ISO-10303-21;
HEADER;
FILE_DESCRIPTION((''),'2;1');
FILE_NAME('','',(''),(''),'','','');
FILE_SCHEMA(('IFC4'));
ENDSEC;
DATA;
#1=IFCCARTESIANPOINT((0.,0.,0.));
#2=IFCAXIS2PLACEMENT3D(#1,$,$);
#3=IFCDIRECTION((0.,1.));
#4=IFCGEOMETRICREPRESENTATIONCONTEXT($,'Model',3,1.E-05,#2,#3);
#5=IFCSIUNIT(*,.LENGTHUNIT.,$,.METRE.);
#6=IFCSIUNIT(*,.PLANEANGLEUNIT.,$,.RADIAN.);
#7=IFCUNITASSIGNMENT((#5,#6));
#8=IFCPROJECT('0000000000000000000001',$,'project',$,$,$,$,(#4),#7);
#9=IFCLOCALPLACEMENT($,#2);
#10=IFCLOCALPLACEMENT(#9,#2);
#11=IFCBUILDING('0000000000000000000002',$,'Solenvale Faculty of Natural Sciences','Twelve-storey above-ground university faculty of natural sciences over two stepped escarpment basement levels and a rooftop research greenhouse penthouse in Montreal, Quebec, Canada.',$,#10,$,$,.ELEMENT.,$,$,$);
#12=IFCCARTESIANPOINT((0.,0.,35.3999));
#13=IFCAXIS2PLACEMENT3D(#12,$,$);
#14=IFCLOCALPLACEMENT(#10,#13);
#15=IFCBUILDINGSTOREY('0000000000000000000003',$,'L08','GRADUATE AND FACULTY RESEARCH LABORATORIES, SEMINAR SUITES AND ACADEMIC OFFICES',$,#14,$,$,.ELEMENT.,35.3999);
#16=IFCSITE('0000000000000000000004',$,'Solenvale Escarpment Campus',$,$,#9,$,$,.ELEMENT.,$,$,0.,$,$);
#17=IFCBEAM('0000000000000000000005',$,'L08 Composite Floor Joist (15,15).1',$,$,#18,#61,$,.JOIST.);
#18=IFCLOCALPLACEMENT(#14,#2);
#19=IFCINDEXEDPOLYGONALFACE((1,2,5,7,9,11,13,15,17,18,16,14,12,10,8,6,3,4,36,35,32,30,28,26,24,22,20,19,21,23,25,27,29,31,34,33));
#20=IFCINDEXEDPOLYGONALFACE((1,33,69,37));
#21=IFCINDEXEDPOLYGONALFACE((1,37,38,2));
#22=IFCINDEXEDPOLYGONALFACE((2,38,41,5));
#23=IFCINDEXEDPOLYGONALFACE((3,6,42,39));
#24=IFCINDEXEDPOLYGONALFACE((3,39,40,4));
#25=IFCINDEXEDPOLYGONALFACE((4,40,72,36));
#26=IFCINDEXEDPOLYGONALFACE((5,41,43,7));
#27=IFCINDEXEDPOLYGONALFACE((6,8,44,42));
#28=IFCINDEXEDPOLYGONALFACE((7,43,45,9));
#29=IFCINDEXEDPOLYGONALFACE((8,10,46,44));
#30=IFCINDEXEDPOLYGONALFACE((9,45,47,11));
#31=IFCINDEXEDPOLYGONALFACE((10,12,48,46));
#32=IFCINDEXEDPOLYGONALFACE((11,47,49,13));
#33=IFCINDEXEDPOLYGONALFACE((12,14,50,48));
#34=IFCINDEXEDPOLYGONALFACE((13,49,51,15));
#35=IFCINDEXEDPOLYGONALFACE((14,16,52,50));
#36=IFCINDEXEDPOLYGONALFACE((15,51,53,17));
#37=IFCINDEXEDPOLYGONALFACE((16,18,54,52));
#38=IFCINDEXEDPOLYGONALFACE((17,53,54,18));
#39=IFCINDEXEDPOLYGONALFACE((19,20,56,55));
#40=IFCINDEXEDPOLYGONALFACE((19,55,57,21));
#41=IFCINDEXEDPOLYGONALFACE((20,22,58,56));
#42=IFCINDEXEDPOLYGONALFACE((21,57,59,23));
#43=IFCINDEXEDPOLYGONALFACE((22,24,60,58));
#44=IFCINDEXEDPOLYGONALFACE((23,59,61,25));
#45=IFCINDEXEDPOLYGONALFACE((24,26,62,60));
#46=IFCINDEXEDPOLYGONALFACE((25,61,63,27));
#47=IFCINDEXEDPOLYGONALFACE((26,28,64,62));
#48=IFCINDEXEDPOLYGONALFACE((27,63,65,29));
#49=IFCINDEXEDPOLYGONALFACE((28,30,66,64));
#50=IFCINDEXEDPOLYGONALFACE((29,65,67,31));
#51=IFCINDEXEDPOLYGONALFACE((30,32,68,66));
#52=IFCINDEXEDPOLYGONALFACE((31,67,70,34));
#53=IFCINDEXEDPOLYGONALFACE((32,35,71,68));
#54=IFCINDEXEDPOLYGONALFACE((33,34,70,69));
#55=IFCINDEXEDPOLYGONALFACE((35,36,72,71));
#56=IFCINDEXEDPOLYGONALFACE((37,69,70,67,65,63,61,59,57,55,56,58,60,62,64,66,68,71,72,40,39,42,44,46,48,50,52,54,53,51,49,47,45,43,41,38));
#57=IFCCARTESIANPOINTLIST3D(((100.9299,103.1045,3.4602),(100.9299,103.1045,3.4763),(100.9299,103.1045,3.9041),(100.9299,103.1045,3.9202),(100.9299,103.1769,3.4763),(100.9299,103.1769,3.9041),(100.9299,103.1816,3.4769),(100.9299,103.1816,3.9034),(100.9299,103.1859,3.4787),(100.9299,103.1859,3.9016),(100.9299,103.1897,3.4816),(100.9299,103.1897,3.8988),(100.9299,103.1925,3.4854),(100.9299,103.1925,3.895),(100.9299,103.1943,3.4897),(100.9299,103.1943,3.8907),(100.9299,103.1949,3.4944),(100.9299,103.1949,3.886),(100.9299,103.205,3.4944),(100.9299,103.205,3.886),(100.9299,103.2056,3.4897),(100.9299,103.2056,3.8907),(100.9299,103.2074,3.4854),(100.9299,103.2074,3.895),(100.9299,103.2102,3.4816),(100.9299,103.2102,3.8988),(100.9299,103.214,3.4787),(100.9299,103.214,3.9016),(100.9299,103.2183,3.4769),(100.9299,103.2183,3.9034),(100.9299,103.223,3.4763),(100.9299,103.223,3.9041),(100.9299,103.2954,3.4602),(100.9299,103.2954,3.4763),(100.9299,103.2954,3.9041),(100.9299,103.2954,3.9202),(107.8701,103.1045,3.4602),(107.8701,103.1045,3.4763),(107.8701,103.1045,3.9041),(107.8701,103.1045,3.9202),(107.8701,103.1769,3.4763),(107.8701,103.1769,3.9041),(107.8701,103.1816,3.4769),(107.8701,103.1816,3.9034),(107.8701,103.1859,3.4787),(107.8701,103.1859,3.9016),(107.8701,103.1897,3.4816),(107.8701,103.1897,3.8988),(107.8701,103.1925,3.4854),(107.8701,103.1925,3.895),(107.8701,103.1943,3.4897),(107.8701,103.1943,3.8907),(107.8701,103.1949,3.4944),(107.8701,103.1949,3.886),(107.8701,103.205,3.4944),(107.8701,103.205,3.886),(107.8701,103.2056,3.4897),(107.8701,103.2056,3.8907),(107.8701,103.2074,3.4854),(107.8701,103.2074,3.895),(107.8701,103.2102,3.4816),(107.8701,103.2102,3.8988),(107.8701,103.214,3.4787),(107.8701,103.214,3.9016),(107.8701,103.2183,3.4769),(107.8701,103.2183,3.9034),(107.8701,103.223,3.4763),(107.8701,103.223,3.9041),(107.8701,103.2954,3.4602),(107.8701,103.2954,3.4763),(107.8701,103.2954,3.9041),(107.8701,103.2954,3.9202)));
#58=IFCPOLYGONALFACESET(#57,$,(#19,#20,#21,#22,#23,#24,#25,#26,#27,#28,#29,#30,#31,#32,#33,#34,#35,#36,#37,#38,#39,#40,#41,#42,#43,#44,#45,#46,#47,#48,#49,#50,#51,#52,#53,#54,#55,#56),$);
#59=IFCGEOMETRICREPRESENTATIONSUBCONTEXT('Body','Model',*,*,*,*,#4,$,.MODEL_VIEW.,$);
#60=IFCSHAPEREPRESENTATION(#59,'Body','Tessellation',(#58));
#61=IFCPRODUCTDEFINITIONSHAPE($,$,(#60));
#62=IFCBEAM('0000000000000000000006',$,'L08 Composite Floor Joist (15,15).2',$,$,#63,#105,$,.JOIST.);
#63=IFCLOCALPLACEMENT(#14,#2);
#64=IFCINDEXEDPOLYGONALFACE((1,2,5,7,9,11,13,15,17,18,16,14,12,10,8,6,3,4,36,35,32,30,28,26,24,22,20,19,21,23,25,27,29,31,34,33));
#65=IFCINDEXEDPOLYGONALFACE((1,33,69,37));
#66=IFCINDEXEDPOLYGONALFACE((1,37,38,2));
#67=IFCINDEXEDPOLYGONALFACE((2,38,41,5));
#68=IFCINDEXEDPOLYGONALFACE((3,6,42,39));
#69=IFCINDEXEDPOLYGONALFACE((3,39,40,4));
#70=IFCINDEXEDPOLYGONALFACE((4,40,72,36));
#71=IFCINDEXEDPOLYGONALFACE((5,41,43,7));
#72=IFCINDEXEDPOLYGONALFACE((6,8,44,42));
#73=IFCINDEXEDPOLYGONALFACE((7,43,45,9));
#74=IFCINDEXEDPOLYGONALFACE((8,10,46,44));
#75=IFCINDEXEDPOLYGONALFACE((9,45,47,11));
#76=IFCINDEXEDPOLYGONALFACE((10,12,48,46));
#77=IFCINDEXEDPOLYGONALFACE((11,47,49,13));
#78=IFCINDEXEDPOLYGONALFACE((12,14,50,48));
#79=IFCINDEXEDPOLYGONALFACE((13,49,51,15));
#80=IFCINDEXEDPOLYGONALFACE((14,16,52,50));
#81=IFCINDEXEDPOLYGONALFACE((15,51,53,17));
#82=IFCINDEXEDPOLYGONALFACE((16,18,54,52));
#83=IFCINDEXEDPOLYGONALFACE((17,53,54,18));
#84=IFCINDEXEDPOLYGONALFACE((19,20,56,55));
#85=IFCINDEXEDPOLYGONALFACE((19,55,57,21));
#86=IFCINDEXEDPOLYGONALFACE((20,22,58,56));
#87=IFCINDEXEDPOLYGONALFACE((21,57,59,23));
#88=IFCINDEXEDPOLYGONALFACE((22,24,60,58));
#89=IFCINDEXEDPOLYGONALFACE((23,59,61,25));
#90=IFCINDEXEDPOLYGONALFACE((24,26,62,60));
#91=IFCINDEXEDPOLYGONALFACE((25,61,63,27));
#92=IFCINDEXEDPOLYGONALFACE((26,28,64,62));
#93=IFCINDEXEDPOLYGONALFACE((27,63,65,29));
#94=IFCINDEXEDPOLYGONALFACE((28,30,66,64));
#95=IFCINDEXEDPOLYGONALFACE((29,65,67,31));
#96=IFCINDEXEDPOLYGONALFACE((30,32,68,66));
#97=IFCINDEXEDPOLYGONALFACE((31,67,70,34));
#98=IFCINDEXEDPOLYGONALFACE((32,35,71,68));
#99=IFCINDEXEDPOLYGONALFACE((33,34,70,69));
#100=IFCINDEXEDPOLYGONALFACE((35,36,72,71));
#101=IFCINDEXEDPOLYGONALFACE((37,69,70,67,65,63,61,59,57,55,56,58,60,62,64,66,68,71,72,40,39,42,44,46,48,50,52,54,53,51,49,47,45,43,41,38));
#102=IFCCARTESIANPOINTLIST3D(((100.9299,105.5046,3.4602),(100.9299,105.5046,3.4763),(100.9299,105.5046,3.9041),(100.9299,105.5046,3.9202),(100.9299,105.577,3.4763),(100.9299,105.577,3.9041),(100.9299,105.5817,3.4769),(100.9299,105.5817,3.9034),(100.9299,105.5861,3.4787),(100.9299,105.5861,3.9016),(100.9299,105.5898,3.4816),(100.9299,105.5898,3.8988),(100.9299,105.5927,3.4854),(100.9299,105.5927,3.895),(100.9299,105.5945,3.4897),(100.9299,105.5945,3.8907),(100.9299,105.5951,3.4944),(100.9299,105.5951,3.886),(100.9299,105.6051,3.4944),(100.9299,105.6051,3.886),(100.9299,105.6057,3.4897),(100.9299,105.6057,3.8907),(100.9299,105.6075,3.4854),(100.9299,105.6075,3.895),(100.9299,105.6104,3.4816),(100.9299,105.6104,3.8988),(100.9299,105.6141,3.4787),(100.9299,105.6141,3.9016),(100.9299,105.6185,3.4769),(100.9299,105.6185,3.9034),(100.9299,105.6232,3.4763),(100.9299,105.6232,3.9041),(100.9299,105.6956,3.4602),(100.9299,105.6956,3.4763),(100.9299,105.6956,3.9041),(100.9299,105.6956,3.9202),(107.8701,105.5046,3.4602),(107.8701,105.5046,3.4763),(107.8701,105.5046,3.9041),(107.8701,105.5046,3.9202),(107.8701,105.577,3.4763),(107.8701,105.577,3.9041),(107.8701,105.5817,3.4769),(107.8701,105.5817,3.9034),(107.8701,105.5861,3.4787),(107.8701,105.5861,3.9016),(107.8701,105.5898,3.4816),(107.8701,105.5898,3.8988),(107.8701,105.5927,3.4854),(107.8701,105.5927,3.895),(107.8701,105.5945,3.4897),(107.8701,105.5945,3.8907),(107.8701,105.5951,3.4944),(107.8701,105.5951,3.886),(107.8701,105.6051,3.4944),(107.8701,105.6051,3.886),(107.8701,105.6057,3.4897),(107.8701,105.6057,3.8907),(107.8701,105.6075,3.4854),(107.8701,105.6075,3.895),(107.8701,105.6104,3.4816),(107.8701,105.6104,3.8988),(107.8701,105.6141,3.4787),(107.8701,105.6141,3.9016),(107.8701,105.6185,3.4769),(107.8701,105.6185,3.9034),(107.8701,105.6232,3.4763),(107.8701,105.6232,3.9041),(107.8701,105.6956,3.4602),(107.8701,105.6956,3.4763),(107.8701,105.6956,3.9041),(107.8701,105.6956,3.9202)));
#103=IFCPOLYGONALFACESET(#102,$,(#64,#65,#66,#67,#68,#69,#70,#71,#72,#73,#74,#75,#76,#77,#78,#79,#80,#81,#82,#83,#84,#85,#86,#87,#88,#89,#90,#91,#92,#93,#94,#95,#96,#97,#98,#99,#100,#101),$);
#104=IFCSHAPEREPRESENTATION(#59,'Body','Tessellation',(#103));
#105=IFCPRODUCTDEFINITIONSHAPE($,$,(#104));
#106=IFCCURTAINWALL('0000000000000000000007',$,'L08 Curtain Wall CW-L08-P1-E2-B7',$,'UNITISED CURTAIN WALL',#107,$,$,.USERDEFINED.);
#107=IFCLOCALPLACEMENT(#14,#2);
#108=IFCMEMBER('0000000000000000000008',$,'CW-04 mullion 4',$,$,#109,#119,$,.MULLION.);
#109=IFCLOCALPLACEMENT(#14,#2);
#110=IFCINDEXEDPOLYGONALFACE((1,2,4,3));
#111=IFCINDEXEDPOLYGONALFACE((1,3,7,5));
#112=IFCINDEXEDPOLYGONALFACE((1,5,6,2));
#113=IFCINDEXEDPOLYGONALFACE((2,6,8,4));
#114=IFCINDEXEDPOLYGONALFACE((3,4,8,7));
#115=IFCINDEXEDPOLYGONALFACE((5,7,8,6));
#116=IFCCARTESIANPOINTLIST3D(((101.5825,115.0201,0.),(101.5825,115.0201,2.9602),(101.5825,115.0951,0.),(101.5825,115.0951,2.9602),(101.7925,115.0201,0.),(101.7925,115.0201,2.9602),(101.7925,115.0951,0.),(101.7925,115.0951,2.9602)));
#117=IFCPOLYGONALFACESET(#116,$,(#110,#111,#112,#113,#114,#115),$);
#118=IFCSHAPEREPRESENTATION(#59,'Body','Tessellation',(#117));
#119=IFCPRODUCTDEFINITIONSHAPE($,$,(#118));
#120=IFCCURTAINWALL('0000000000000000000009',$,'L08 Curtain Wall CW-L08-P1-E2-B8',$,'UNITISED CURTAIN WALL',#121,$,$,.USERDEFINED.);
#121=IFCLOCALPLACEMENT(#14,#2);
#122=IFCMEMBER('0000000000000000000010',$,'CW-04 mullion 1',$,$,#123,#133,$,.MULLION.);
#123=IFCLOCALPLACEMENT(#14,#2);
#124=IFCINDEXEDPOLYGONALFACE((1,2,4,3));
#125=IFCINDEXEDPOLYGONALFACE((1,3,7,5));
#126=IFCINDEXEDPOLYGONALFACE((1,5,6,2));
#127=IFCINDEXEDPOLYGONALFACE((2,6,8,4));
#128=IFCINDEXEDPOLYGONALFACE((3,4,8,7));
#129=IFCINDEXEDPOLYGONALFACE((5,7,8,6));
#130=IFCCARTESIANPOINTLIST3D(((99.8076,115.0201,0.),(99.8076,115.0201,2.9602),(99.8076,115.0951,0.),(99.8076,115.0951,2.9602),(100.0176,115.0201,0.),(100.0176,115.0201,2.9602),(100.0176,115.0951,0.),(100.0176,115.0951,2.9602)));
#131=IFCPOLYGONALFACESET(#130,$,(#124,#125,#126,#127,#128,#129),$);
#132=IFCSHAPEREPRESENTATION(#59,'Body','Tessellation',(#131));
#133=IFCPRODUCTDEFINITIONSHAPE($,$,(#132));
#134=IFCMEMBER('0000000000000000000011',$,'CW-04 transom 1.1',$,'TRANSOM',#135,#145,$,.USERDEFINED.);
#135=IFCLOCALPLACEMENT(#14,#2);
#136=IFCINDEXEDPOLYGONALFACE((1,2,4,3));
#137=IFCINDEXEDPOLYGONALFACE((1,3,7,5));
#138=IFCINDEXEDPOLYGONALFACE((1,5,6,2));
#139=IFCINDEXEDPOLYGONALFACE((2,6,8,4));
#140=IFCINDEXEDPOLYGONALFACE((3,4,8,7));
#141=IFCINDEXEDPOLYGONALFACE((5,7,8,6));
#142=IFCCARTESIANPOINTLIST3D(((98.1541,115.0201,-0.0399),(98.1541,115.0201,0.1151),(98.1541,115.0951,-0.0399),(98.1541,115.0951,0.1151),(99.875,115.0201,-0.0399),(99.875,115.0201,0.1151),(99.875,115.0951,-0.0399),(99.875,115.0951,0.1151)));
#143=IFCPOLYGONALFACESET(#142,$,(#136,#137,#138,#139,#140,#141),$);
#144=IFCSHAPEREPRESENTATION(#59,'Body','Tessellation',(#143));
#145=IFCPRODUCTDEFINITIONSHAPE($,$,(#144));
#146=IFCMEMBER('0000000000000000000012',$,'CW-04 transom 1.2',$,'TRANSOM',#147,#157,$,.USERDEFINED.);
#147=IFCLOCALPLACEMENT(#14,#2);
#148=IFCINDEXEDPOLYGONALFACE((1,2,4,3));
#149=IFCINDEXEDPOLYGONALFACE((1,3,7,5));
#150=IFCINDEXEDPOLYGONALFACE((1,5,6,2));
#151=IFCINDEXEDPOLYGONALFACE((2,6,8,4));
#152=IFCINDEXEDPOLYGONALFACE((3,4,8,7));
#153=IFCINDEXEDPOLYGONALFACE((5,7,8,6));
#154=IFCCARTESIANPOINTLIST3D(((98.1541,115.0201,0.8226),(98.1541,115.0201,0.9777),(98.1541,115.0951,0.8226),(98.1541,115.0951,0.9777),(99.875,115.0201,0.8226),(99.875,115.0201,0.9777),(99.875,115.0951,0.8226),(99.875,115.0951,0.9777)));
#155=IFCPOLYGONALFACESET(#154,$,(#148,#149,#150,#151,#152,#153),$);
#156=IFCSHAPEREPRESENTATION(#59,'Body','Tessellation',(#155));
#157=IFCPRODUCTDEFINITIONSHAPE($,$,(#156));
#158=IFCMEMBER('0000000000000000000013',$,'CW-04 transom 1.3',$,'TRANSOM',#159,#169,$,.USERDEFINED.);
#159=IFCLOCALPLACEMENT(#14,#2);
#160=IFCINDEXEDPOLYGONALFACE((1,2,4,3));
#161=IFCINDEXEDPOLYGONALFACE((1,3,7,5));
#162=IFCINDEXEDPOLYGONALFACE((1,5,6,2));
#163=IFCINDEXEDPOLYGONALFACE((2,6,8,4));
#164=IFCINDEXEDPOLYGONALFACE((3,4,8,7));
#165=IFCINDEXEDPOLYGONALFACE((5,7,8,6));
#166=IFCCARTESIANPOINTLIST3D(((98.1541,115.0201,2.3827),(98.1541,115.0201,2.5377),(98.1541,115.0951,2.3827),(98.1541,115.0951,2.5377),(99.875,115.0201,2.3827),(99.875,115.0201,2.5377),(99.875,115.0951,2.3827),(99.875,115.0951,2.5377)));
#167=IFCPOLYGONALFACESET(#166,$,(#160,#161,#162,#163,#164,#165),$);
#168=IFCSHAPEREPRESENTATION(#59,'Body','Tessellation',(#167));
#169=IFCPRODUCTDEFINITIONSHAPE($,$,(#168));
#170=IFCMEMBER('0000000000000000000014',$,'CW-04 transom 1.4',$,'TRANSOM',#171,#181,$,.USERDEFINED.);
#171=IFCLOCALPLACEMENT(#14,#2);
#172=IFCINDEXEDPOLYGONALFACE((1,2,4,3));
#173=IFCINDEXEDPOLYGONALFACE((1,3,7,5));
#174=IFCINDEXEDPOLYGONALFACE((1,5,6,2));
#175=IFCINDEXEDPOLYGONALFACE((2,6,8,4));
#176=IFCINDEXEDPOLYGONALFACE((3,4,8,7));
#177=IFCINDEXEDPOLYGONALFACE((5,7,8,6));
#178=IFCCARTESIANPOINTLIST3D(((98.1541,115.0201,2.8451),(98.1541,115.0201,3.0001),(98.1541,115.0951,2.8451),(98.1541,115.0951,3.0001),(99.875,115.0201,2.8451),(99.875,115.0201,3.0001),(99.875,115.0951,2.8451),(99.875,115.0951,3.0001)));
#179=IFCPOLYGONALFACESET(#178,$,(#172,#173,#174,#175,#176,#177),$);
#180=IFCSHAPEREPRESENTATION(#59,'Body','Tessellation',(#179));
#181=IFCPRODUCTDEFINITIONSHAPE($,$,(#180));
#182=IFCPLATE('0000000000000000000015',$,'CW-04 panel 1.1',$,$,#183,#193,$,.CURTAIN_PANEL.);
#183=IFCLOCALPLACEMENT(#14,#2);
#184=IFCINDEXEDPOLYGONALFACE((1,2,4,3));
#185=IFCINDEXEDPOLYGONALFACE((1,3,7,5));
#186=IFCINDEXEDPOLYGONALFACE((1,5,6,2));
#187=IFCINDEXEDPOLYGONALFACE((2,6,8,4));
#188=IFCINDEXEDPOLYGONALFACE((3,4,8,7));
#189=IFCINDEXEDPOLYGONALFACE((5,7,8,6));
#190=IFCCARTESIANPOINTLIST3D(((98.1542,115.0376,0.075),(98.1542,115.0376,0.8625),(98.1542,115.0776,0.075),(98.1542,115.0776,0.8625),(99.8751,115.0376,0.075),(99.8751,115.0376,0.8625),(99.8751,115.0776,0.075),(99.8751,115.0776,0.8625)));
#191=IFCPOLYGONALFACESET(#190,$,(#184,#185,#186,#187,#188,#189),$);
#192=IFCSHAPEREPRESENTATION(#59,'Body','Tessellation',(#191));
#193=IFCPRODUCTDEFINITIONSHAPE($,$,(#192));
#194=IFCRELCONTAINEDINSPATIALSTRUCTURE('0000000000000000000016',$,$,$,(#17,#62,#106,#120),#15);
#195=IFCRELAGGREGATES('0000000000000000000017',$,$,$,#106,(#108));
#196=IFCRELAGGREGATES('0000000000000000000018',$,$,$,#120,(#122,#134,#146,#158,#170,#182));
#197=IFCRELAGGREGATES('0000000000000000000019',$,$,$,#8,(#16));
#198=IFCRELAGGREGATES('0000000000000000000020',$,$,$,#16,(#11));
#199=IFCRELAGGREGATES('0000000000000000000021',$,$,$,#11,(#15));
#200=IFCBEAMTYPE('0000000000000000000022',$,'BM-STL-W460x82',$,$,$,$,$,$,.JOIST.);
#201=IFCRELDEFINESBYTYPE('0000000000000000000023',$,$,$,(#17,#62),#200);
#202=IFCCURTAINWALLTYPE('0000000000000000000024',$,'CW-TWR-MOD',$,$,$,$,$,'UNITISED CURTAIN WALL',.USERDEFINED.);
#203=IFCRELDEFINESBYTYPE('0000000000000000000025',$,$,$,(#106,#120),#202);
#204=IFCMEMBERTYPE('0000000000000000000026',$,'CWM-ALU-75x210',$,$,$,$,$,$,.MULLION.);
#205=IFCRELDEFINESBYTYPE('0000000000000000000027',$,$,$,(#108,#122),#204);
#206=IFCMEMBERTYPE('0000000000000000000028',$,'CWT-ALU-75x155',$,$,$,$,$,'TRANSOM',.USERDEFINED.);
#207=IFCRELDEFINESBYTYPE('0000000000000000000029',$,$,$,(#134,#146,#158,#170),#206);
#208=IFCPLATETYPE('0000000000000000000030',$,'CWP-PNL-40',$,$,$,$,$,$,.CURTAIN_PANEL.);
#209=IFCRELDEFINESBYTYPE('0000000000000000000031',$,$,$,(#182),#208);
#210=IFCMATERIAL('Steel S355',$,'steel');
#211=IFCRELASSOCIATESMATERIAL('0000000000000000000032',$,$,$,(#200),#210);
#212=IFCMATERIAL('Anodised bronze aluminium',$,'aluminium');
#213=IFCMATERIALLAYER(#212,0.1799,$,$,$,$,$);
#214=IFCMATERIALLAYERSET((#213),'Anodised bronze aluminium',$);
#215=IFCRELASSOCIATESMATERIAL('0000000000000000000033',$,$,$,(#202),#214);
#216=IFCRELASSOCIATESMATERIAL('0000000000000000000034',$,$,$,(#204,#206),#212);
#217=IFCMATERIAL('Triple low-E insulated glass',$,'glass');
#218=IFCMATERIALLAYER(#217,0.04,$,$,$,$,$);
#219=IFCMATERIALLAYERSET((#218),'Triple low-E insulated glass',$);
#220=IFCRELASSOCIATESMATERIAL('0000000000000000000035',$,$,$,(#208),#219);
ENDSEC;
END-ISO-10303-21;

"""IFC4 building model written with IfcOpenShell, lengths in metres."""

from ifc_helpers import new_model, si_unit, direction, frame, origin, origin_2d, place, context, subcontext, project, spatial, rectangle, i_section, extrude, material, layer, layer_set, material_profile, profile_set, type_object, element, aggregate, save


model = new_model("IFC4")

# Units and contexts
model_context = context("Model", 3, precision=1e-05, world=origin(), true_north=direction((0.0, 1.0)))
body_context = subcontext(model_context, "Body", "Model", "MODEL_VIEW")
ifc_project = project(units=[si_unit("LENGTHUNIT", "METRE"), si_unit("PLANEANGLEUNIT", "RADIAN")], contexts=[model_context])

# Site, building, storey
site_placement = place(None, origin())
site = spatial("IfcSite", under=ifc_project, at=site_placement, Name="Solenvale Escarpment Campus", CompositionType="ELEMENT", RefElevation=0.0)
building_placement = place(site_placement, origin())
building = spatial("IfcBuilding", under=site, at=building_placement, Name="Solenvale Faculty of Natural Sciences", Description="Twelve-storey above-ground university faculty of natural sciences over two stepped escarpment basement levels and a rooftop research greenhouse penthouse in Montreal, Quebec, Canada.", CompositionType="ELEMENT")
storey_placement = place(building_placement, frame((0.0, 0.0, 35.3999)))
storey = spatial("IfcBuildingStorey", under=building, at=storey_placement, Name="L08", Description="GRADUATE AND FACULTY RESEARCH LABORATORIES, SEMINAR SUITES AND ACADEMIC OFFICES", CompositionType="ELEMENT", Elevation=35.3999)

# Beams
ifc_material_1 = material(Name="Steel S355", Category="steel")
ifc_material_profile_1 = material_profile(ifc_material_1, i_section(OverallWidth=0.1909, OverallDepth=0.46, WebThickness=0.01, FlangeThickness=0.0161, FilletRadius=0.0181, at=origin_2d()), Name="W460x82")
ifc_profile_set_1 = profile_set([ifc_material_profile_1], Name="Steel S355")
beam_type_1 = type_object("IfcBeamType", Name="BM-STL-W460x82", PredefinedType="JOIST", material=ifc_profile_set_1)
for number, where, z_axis, x_axis, name in (
    (1, (100.9299, 103.2, 3.6902), (1.0, 0.0, 0.0), (0.0, 1.0, 0.0), "L08 Composite Floor Joist (15,15).1"),
    (2, (100.9299, 105.6001, 3.6902), (1.0, 0.0, 0.0), (0.0, 1.0, 0.0), "L08 Composite Floor Joist (15,15).2"),
):
    element("IfcBeam", number, at=place(storey_placement, frame(where, z_axis=z_axis, x_axis=x_axis)), inside=storey, type_object=beam_type_1, Name=name, PredefinedType="JOIST", context=body_context, shape_type="SweptSolid", body=[
        extrude(i_section(OverallWidth=0.1909, OverallDepth=0.46, WebThickness=0.01, FlangeThickness=0.0161, FilletRadius=0.0181, at=origin_2d()), origin(), (0.0, 0.0, 1.0), 6.9402),
    ])

# Curtain wall, member
ifc_material_2 = material(Name="Anodised bronze aluminium", Category="aluminium")
ifc_layer_1 = layer(ifc_material_2, 0.1799)
ifc_layer_set_1 = layer_set([ifc_layer_1], Name="Anodised bronze aluminium")
curtain_wall_type = type_object("IfcCurtainWallType", Name="CW-TWR-MOD", ElementType="UNITISED CURTAIN WALL", PredefinedType="USERDEFINED", material=ifc_layer_set_1)
curtain_wall_1_placement = place(storey_placement, origin())
curtain_wall_1 = element("IfcCurtainWall", 3, at=curtain_wall_1_placement, inside=storey, type_object=curtain_wall_type, Name="L08 Curtain Wall CW-L08-P1-E2-B7", ObjectType="UNITISED CURTAIN WALL", PredefinedType="USERDEFINED")
ifc_material_profile_2 = material_profile(ifc_material_2, rectangle(XDim=0.075, YDim=0.21, at=origin_2d()), Name="ALU-MUL-75x210")
ifc_profile_set_2 = profile_set([ifc_material_profile_2], Name="Anodised bronze aluminium")
member_type_1 = type_object("IfcMemberType", Name="CWM-ALU-75x210", PredefinedType="MULLION", material=ifc_profile_set_2)
member_1_placement = place(storey_placement, frame((101.6875, 115.0576, 0.0), z_axis=(0.0, 0.0, 1.0), x_axis=(0.0, -1.0, 0.0)))
member_1 = element("IfcMember", 4, at=member_1_placement, type_object=member_type_1, Name="CW-04 mullion 4", PredefinedType="MULLION", context=body_context, shape_type="SweptSolid", body=[
    extrude(rectangle(XDim=0.075, YDim=0.21, at=origin_2d()), origin(), (0.0, 0.0, 1.0), 2.9602),
])
aggregate(curtain_wall_1, [member_1])

# Curtain wall, members, plate
curtain_wall_2_placement = place(storey_placement, origin())
curtain_wall_2 = element("IfcCurtainWall", 5, at=curtain_wall_2_placement, inside=storey, type_object=curtain_wall_type, Name="L08 Curtain Wall CW-L08-P1-E2-B8", ObjectType="UNITISED CURTAIN WALL", PredefinedType="USERDEFINED")
member_2_placement = place(storey_placement, frame((99.9126, 115.0576, 0.0), z_axis=(0.0, 0.0, 1.0), x_axis=(0.0, -1.0, 0.0)))
member_2 = element("IfcMember", 6, at=member_2_placement, type_object=member_type_1, Name="CW-04 mullion 1", PredefinedType="MULLION", context=body_context, shape_type="SweptSolid", body=[
    extrude(rectangle(XDim=0.075, YDim=0.21, at=origin_2d()), origin(), (0.0, 0.0, 1.0), 2.9602),
])
ifc_material_profile_3 = material_profile(ifc_material_2, rectangle(XDim=0.075, YDim=0.155, at=origin_2d()), Name="ALU-TRN-75x155")
ifc_profile_set_3 = profile_set([ifc_material_profile_3], Name="Anodised bronze aluminium")
member_type_2 = type_object("IfcMemberType", Name="CWT-ALU-75x155", ElementType="TRANSOM", PredefinedType="USERDEFINED", material=ifc_profile_set_3)
member_3_placement = place(storey_placement, frame((99.875, 115.0576, 0.0376), z_axis=(-1.0, 0.0, 0.0), x_axis=(0.0, -1.0, 0.0)))
member_3 = element("IfcMember", 7, at=member_3_placement, type_object=member_type_2, Name="CW-04 transom 1.1", ObjectType="TRANSOM", PredefinedType="USERDEFINED", context=body_context, shape_type="SweptSolid", body=[
    extrude(rectangle(XDim=0.075, YDim=0.155, at=origin_2d()), origin(), (0.0, 0.0, 1.0), 1.7209),
])
member_4_placement = place(storey_placement, frame((99.875, 115.0576, 0.9001), z_axis=(-1.0, 0.0, 0.0), x_axis=(0.0, -1.0, 0.0)))
member_4 = element("IfcMember", 8, at=member_4_placement, type_object=member_type_2, Name="CW-04 transom 1.2", ObjectType="TRANSOM", PredefinedType="USERDEFINED", context=body_context, shape_type="SweptSolid", body=[
    extrude(rectangle(XDim=0.075, YDim=0.155, at=origin_2d()), origin(), (0.0, 0.0, 1.0), 1.7209),
])
member_5_placement = place(storey_placement, frame((99.875, 115.0576, 2.4602), z_axis=(-1.0, 0.0, 0.0), x_axis=(0.0, -1.0, 0.0)))
member_5 = element("IfcMember", 9, at=member_5_placement, type_object=member_type_2, Name="CW-04 transom 1.3", ObjectType="TRANSOM", PredefinedType="USERDEFINED", context=body_context, shape_type="SweptSolid", body=[
    extrude(rectangle(XDim=0.075, YDim=0.155, at=origin_2d()), origin(), (0.0, 0.0, 1.0), 1.7209),
])
member_6_placement = place(storey_placement, frame((99.875, 115.0576, 2.9226), z_axis=(-1.0, 0.0, 0.0), x_axis=(0.0, -1.0, 0.0)))
member_6 = element("IfcMember", 10, at=member_6_placement, type_object=member_type_2, Name="CW-04 transom 1.4", ObjectType="TRANSOM", PredefinedType="USERDEFINED", context=body_context, shape_type="SweptSolid", body=[
    extrude(rectangle(XDim=0.075, YDim=0.155, at=origin_2d()), origin(), (0.0, 0.0, 1.0), 1.7209),
])
ifc_material_3 = material(Name="Triple low-E insulated glass", Category="glass")
ifc_layer_2 = layer(ifc_material_3, 0.04)
ifc_layer_set_2 = layer_set([ifc_layer_2], Name="Triple low-E insulated glass")
plate_type = type_object("IfcPlateType", Name="CWP-PNL-40", PredefinedType="CURTAIN_PANEL", material=ifc_layer_set_2)
plate_1_placement = place(storey_placement, frame((99.0146, 115.0576, 0.075), z_axis=(0.0, 0.0, 1.0), x_axis=(-1.0, 0.0, 0.0)))
plate_1 = element("IfcPlate", 11, at=plate_1_placement, type_object=plate_type, Name="CW-04 panel 1.1", PredefinedType="CURTAIN_PANEL", context=body_context, shape_type="SweptSolid", body=[
    extrude(rectangle(XDim=1.7209, YDim=0.04, at=origin_2d()), origin(), (0.0, 0.0, 1.0), 0.7876),
])
aggregate(curtain_wall_2, [member_2, member_3, member_4, member_5, member_6, plate_1])

save(model, "model.ifc")
